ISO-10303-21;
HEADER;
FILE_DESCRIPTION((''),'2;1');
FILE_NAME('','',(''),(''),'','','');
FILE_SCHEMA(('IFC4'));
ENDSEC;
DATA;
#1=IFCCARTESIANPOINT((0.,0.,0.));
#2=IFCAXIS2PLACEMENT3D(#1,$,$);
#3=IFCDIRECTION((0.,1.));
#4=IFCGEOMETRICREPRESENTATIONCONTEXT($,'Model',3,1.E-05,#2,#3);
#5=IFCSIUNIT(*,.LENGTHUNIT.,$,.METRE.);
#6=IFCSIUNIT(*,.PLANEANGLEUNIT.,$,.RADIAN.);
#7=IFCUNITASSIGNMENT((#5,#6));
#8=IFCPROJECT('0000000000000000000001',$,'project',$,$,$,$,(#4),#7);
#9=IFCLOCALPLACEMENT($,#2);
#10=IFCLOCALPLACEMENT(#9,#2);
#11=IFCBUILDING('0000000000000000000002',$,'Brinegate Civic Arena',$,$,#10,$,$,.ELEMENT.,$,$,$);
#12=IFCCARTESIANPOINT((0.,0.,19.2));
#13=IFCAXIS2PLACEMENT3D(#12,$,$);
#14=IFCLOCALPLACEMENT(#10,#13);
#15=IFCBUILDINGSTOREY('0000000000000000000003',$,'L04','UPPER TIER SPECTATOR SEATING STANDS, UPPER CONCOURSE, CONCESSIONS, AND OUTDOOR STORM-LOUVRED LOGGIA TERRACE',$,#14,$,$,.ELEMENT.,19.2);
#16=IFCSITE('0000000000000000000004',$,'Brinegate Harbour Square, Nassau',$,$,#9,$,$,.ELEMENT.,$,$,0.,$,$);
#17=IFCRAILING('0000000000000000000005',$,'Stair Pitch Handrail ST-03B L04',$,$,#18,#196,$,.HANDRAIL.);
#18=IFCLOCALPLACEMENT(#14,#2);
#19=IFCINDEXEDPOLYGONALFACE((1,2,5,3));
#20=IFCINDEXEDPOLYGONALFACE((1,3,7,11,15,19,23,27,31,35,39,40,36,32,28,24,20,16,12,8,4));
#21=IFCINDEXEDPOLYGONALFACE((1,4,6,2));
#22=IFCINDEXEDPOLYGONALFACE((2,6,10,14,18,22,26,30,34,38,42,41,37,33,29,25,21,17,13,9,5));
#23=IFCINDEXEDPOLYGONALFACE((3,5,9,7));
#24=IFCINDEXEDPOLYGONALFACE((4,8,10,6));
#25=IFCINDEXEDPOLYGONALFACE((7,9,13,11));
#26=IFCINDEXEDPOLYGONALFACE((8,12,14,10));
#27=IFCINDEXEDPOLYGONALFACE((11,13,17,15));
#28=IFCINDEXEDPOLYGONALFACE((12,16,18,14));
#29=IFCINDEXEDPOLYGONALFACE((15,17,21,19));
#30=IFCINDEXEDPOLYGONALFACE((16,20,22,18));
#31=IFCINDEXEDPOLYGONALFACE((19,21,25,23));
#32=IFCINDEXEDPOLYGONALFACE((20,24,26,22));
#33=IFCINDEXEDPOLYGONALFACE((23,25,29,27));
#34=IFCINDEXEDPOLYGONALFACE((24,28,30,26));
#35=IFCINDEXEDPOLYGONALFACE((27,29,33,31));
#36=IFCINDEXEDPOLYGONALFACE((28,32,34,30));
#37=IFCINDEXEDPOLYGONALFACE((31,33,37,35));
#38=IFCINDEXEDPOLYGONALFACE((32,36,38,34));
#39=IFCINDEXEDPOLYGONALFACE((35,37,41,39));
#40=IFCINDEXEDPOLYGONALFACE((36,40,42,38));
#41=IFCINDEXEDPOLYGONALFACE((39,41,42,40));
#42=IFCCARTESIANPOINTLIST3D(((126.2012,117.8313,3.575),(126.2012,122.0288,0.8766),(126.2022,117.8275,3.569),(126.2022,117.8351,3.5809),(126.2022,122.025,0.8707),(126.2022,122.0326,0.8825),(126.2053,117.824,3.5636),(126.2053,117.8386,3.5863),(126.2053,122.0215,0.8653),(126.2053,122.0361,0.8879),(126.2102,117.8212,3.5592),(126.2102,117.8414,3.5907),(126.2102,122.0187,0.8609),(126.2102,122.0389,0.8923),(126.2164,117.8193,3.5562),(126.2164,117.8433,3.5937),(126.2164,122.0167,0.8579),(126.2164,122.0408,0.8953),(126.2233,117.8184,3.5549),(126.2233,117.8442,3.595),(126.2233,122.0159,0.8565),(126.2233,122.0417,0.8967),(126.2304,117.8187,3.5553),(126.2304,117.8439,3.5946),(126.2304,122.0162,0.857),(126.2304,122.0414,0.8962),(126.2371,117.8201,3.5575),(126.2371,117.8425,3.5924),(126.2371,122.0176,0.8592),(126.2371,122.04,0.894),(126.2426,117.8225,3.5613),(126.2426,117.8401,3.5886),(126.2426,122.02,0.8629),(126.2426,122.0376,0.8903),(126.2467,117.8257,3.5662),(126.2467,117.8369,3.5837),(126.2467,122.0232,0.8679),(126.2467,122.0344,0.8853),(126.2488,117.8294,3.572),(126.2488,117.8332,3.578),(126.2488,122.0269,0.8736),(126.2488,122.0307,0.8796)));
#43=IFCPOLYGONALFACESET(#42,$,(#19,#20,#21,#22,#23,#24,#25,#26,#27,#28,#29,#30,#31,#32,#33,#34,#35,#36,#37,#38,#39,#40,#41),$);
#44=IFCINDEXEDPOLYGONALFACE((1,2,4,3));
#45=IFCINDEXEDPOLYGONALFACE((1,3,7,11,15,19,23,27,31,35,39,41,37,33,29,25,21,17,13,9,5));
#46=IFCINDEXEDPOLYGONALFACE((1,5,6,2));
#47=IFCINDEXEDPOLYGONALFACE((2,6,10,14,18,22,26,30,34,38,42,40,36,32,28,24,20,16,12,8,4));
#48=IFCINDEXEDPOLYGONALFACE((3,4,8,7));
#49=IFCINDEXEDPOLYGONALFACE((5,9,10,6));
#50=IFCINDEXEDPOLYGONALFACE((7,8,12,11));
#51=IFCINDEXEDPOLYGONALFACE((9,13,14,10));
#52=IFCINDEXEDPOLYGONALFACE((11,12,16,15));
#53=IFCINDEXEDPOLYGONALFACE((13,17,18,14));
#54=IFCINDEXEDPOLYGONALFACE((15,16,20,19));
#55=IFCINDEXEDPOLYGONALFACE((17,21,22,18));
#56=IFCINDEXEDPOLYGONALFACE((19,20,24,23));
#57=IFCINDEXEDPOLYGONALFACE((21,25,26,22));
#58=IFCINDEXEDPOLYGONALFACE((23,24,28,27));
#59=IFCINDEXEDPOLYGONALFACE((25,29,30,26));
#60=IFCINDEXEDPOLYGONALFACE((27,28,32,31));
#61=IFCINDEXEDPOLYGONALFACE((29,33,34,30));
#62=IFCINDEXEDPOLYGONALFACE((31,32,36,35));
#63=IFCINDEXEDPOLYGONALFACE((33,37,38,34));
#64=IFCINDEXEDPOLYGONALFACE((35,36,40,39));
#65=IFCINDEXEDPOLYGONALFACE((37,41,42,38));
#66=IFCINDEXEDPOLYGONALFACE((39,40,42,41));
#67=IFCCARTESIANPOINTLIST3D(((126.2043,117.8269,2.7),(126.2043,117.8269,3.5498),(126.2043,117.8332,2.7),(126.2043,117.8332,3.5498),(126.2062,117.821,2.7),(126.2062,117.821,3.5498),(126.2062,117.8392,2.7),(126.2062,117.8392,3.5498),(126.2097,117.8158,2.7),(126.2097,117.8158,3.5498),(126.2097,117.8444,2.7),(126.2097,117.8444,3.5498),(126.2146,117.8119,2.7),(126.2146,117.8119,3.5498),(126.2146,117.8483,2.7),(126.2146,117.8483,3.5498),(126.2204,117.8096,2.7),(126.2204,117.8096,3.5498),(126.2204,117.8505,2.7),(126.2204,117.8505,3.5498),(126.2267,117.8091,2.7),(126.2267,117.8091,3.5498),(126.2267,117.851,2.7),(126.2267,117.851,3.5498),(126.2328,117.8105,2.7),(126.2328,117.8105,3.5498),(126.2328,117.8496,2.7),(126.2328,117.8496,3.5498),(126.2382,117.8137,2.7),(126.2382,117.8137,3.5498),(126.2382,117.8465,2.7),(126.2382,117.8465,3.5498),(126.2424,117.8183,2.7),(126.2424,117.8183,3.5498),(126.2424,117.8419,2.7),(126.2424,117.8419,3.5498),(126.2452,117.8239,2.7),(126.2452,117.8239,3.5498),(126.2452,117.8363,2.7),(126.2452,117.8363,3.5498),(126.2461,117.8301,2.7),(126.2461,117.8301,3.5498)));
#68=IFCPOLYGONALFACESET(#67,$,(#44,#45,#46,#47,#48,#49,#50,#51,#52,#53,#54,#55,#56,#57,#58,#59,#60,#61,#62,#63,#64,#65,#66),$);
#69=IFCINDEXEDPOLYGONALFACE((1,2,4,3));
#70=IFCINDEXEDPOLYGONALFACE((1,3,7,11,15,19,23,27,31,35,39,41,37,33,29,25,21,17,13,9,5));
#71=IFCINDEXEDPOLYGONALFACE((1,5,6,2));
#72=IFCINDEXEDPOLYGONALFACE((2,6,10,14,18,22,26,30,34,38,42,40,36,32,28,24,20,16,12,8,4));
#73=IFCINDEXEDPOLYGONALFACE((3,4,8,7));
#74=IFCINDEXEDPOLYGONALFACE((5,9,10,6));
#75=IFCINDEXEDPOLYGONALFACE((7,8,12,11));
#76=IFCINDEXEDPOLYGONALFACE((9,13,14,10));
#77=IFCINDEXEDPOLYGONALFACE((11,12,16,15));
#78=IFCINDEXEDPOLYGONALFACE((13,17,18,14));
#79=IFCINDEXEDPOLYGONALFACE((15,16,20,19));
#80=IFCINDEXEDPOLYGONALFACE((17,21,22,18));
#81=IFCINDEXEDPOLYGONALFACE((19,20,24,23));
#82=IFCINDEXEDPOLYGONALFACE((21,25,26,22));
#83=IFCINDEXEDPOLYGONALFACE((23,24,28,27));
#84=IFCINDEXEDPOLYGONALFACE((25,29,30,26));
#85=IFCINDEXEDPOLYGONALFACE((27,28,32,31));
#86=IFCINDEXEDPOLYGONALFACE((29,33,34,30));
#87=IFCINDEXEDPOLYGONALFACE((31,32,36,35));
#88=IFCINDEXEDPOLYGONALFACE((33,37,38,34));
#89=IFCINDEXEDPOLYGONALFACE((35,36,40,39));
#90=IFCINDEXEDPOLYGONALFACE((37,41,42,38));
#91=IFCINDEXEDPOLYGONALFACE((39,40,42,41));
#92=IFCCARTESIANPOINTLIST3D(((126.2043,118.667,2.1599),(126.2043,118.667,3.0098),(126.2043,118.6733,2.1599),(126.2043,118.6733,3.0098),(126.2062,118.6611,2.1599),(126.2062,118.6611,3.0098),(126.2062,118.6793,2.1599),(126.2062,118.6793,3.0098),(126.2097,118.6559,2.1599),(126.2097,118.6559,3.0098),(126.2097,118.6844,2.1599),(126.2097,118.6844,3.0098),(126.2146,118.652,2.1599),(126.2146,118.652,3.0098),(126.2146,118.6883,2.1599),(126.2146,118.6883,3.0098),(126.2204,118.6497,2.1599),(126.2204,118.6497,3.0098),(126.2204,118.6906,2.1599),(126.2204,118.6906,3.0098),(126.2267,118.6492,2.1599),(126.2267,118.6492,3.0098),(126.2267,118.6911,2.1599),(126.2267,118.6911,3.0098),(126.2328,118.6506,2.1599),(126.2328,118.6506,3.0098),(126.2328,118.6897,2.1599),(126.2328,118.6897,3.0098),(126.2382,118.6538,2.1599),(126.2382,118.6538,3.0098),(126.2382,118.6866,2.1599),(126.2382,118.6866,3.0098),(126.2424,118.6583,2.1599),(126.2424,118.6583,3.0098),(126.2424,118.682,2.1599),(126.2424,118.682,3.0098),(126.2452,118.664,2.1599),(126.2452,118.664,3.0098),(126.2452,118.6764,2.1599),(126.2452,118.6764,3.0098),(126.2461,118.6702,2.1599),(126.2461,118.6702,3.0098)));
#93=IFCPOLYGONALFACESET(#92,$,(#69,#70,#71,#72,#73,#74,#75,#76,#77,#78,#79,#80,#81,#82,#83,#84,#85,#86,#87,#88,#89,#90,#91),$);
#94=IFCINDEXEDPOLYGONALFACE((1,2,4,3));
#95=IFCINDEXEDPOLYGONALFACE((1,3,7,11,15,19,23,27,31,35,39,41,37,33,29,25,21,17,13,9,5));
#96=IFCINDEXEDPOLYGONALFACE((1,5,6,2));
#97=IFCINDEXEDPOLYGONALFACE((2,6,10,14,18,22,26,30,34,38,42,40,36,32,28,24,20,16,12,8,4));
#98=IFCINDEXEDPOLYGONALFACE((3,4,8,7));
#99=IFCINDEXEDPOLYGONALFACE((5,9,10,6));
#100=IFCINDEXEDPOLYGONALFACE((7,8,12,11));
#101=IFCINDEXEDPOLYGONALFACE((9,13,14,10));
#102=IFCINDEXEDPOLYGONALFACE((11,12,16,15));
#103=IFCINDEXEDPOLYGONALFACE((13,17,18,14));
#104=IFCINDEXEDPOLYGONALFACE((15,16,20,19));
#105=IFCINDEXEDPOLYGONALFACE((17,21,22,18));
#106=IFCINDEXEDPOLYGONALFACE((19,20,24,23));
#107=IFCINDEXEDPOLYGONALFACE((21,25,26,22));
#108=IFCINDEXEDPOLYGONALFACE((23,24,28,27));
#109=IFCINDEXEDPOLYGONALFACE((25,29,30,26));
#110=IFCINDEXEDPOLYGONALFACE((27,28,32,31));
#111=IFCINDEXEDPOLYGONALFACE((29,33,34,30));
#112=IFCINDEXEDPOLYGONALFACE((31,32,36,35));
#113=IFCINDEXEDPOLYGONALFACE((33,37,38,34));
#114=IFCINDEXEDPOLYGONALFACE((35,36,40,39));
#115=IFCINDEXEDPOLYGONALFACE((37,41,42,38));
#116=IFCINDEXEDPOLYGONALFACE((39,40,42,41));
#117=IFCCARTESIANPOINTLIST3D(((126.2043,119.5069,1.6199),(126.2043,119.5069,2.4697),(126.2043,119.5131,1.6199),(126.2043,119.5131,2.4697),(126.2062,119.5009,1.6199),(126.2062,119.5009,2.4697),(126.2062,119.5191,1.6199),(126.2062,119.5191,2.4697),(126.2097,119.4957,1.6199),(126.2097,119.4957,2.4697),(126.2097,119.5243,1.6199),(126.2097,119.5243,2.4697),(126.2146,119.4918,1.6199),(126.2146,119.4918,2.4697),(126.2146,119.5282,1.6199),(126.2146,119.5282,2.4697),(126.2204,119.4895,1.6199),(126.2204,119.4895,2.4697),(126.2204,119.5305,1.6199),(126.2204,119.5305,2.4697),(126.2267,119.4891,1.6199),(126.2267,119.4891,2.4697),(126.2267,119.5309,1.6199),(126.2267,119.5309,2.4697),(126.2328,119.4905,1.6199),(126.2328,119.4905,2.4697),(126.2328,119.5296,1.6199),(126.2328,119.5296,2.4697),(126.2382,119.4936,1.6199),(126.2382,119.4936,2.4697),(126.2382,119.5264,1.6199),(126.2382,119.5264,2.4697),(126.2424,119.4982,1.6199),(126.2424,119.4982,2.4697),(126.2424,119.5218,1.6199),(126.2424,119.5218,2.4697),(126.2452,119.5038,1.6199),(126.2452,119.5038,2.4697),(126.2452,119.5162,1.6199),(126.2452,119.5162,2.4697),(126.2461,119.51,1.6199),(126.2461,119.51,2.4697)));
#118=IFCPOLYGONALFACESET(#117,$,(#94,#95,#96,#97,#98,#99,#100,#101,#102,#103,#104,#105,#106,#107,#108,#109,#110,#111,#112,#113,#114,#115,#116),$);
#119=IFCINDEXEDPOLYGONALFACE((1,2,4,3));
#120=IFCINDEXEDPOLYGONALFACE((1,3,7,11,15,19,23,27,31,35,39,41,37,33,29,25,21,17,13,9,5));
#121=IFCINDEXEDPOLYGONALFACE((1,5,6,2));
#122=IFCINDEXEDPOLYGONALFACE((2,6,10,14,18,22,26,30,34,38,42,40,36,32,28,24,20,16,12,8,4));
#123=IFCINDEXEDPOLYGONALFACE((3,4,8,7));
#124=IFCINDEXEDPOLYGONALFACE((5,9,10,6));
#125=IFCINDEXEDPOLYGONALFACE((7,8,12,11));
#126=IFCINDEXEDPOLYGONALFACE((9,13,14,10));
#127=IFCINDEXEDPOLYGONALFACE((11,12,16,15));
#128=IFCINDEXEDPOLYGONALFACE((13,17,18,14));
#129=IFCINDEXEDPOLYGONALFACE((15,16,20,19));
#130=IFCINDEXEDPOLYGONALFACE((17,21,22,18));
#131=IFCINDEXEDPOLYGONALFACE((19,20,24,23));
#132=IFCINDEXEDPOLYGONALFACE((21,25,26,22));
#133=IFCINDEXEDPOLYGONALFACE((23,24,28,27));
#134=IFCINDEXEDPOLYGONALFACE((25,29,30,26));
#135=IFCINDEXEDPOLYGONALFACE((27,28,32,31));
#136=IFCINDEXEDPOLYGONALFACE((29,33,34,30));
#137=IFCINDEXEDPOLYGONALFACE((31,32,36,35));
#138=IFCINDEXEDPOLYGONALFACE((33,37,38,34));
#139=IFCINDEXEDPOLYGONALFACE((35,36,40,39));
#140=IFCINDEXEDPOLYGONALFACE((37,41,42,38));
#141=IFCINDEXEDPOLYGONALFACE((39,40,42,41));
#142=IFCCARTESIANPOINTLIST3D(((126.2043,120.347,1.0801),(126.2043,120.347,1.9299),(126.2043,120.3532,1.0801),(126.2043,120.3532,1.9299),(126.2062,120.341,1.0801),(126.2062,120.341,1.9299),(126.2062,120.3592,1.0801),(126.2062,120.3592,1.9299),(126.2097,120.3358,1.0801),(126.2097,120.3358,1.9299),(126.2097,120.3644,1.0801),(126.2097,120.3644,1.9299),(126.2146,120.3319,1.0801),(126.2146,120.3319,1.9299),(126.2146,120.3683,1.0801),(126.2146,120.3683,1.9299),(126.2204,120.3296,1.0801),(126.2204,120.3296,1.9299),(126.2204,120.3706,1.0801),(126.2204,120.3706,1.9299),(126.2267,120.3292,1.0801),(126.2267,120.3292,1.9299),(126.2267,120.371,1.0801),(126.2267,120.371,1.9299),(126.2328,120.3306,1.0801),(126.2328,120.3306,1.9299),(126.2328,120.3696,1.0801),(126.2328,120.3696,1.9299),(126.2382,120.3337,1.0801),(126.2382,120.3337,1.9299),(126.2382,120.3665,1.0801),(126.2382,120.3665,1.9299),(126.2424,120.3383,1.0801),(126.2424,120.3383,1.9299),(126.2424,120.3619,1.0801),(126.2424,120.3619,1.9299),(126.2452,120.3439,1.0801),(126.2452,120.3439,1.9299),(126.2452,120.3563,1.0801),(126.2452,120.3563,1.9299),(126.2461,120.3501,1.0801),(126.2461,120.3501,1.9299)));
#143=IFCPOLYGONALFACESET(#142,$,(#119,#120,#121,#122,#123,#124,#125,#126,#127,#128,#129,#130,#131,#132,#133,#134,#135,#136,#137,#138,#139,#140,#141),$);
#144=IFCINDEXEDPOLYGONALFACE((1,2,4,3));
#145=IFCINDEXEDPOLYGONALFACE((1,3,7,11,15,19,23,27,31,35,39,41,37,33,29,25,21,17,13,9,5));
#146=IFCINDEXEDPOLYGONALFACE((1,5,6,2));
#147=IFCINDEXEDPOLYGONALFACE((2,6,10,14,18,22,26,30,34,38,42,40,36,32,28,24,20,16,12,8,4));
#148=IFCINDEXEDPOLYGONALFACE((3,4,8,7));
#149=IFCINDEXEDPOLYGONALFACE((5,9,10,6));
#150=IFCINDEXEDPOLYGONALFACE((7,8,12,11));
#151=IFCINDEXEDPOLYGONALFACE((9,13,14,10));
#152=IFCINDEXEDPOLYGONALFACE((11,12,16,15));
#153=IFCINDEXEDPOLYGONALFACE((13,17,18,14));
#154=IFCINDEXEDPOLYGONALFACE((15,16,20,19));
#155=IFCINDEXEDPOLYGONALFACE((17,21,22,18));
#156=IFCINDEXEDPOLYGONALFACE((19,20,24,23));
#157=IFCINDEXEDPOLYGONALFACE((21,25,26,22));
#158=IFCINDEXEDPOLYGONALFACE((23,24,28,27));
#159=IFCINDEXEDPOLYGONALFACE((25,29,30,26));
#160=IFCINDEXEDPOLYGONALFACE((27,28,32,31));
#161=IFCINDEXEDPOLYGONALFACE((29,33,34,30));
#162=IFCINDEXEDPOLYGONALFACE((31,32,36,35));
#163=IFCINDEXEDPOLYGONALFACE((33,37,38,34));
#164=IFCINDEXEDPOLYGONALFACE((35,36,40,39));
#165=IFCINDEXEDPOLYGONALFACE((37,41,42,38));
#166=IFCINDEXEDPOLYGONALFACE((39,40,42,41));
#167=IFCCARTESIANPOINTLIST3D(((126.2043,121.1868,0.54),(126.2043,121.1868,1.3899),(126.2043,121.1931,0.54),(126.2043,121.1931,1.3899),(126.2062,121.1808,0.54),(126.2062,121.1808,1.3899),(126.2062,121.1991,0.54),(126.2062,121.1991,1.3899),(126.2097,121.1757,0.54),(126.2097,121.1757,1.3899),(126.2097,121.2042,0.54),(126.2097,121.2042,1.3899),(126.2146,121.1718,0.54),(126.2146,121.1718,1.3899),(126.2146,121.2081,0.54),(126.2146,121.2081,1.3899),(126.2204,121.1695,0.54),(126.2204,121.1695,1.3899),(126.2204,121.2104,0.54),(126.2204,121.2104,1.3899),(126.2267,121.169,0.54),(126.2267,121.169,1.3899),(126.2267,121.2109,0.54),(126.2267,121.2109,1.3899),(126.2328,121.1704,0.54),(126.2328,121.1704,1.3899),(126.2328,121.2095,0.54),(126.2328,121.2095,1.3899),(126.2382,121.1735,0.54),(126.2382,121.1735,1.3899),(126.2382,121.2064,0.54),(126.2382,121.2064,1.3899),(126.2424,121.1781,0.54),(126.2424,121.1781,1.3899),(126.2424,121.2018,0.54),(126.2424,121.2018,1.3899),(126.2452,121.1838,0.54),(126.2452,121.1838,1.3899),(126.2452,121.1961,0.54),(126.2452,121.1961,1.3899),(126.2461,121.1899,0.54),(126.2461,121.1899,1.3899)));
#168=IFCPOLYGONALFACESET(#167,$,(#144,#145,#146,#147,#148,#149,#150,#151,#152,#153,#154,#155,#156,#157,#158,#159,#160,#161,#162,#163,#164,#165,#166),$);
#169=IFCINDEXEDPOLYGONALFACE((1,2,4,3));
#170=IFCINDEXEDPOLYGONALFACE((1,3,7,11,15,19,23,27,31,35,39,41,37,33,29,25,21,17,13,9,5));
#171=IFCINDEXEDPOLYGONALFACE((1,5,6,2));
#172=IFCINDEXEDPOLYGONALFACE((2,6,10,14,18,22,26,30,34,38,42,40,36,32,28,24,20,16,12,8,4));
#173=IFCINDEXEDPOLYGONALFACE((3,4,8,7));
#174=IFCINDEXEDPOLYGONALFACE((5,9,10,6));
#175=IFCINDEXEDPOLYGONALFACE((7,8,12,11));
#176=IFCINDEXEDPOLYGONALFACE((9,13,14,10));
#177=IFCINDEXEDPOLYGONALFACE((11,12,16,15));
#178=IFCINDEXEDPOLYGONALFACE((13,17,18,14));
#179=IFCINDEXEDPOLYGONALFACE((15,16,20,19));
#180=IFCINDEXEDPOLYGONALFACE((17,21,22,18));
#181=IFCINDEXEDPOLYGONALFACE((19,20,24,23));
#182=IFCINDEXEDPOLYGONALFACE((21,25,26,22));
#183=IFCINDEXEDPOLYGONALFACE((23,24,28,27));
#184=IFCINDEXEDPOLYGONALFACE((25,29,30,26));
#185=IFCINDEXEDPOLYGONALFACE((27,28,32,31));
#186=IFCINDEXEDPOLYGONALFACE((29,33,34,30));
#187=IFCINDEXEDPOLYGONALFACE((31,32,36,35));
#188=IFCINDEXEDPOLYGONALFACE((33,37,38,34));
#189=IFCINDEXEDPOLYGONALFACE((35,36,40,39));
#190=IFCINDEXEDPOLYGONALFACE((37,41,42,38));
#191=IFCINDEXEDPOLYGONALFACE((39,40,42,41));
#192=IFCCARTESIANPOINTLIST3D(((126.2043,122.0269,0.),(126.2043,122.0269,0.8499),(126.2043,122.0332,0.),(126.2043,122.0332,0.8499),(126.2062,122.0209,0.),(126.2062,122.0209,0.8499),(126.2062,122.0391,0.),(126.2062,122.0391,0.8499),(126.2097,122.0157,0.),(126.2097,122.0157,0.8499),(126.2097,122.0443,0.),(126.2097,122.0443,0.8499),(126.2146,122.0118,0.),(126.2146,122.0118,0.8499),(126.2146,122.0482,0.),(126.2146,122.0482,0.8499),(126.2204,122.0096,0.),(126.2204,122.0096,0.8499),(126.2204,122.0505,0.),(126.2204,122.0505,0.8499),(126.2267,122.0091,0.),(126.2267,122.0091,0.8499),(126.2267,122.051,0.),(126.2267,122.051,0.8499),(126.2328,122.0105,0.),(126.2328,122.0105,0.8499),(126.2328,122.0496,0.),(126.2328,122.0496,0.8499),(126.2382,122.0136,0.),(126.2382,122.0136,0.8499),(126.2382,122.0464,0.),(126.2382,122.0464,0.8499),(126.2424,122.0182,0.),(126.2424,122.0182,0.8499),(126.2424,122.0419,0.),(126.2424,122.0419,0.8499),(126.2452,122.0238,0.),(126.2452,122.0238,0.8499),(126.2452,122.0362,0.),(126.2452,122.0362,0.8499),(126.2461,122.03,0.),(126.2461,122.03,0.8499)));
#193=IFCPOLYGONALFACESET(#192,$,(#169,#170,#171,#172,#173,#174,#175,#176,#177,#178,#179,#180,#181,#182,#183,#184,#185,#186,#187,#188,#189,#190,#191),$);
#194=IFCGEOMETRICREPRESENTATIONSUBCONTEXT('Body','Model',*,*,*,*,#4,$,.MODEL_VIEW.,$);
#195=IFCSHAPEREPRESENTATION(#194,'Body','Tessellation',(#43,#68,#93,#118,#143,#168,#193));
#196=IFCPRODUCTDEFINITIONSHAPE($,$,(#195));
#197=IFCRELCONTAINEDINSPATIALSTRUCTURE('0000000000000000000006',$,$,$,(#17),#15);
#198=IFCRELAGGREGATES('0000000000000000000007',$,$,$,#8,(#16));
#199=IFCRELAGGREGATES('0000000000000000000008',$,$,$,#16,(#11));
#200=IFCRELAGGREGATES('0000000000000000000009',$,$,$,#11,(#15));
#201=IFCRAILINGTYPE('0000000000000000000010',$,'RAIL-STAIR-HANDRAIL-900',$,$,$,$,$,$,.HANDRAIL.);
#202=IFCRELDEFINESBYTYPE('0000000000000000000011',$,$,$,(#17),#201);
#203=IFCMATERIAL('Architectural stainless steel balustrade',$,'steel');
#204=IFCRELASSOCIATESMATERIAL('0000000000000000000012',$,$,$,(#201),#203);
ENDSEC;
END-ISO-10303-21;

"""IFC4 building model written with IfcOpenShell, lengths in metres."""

from ifc_helpers import new_model, si_unit, direction, frame, origin, origin_2d, place, context, subcontext, project, spatial, circle, extrude, material, type_object, element, save


model = new_model("IFC4")

# Units and contexts
model_context = context("Model", 3, precision=1e-05, world=origin(), true_north=direction((0.0, 1.0)))
body_context = subcontext(model_context, "Body", "Model", "MODEL_VIEW")
ifc_project = project(units=[si_unit("LENGTHUNIT", "METRE"), si_unit("PLANEANGLEUNIT", "RADIAN")], contexts=[model_context])

# Site, building, storey
site_placement = place(None, origin())
site = spatial("IfcSite", under=ifc_project, at=site_placement, Name="Brinegate Harbour Square, Nassau", CompositionType="ELEMENT", RefElevation=0.0)
building_placement = place(site_placement, origin())
building = spatial("IfcBuilding", under=site, at=building_placement, Name="Brinegate Civic Arena", CompositionType="ELEMENT")
storey_placement = place(building_placement, frame((0.0, 0.0, 19.2)))
storey = spatial("IfcBuildingStorey", under=building, at=storey_placement, Name="L04", Description="UPPER TIER SPECTATOR SEATING STANDS, UPPER CONCOURSE, CONCESSIONS, AND OUTDOOR STORM-LOUVRED LOGGIA TERRACE", CompositionType="ELEMENT", Elevation=19.2)

# Railing
ifc_material_1 = material(Name="Architectural stainless steel balustrade", Category="steel")
railing_type_1 = type_object("IfcRailingType", Name="RAIL-STAIR-HANDRAIL-900", PredefinedType="HANDRAIL", material=ifc_material_1)
for number, where, name in (
    (1, (126.2251, 117.8301, 2.7), "Stair Pitch Handrail ST-03B L04"),
):
    element("IfcRailing", number, at=place(storey_placement, frame(where)), inside=storey, type_object=railing_type_1, Name=name, PredefinedType="HANDRAIL", context=body_context, shape_type="SweptSolid", body=[
        extrude(circle(Radius=0.0239, at=origin_2d()), frame((0.0, 0.0012, 0.875), z_axis=(0.0, 0.84118, -0.540755), x_axis=(-1.0, 0.0, 0.0)), (0.0, 0.0, 1.0), 4.99),
        extrude(circle(Radius=0.021, at=origin_2d()), origin(), (0.0, 0.0, 1.0), 0.8499),
        extrude(circle(Radius=0.021, at=origin_2d()), frame((0.0, 0.8401, -0.54)), (0.0, 0.0, 1.0), 0.8499),
        extrude(circle(Radius=0.021, at=origin_2d()), frame((0.0, 1.6799, -1.0801)), (0.0, 0.0, 1.0), 0.8499),
        extrude(circle(Radius=0.021, at=origin_2d()), frame((0.0, 2.52, -1.6199)), (0.0, 0.0, 1.0), 0.8499),
        extrude(circle(Radius=0.021, at=origin_2d()), frame((0.0, 3.3599, -2.1599)), (0.0, 0.0, 1.0), 0.8499),
        extrude(circle(Radius=0.021, at=origin_2d()), frame((0.0, 4.2, -2.7)), (0.0, 0.0, 1.0), 0.8499),
    ])

save(model, "model.ifc")
